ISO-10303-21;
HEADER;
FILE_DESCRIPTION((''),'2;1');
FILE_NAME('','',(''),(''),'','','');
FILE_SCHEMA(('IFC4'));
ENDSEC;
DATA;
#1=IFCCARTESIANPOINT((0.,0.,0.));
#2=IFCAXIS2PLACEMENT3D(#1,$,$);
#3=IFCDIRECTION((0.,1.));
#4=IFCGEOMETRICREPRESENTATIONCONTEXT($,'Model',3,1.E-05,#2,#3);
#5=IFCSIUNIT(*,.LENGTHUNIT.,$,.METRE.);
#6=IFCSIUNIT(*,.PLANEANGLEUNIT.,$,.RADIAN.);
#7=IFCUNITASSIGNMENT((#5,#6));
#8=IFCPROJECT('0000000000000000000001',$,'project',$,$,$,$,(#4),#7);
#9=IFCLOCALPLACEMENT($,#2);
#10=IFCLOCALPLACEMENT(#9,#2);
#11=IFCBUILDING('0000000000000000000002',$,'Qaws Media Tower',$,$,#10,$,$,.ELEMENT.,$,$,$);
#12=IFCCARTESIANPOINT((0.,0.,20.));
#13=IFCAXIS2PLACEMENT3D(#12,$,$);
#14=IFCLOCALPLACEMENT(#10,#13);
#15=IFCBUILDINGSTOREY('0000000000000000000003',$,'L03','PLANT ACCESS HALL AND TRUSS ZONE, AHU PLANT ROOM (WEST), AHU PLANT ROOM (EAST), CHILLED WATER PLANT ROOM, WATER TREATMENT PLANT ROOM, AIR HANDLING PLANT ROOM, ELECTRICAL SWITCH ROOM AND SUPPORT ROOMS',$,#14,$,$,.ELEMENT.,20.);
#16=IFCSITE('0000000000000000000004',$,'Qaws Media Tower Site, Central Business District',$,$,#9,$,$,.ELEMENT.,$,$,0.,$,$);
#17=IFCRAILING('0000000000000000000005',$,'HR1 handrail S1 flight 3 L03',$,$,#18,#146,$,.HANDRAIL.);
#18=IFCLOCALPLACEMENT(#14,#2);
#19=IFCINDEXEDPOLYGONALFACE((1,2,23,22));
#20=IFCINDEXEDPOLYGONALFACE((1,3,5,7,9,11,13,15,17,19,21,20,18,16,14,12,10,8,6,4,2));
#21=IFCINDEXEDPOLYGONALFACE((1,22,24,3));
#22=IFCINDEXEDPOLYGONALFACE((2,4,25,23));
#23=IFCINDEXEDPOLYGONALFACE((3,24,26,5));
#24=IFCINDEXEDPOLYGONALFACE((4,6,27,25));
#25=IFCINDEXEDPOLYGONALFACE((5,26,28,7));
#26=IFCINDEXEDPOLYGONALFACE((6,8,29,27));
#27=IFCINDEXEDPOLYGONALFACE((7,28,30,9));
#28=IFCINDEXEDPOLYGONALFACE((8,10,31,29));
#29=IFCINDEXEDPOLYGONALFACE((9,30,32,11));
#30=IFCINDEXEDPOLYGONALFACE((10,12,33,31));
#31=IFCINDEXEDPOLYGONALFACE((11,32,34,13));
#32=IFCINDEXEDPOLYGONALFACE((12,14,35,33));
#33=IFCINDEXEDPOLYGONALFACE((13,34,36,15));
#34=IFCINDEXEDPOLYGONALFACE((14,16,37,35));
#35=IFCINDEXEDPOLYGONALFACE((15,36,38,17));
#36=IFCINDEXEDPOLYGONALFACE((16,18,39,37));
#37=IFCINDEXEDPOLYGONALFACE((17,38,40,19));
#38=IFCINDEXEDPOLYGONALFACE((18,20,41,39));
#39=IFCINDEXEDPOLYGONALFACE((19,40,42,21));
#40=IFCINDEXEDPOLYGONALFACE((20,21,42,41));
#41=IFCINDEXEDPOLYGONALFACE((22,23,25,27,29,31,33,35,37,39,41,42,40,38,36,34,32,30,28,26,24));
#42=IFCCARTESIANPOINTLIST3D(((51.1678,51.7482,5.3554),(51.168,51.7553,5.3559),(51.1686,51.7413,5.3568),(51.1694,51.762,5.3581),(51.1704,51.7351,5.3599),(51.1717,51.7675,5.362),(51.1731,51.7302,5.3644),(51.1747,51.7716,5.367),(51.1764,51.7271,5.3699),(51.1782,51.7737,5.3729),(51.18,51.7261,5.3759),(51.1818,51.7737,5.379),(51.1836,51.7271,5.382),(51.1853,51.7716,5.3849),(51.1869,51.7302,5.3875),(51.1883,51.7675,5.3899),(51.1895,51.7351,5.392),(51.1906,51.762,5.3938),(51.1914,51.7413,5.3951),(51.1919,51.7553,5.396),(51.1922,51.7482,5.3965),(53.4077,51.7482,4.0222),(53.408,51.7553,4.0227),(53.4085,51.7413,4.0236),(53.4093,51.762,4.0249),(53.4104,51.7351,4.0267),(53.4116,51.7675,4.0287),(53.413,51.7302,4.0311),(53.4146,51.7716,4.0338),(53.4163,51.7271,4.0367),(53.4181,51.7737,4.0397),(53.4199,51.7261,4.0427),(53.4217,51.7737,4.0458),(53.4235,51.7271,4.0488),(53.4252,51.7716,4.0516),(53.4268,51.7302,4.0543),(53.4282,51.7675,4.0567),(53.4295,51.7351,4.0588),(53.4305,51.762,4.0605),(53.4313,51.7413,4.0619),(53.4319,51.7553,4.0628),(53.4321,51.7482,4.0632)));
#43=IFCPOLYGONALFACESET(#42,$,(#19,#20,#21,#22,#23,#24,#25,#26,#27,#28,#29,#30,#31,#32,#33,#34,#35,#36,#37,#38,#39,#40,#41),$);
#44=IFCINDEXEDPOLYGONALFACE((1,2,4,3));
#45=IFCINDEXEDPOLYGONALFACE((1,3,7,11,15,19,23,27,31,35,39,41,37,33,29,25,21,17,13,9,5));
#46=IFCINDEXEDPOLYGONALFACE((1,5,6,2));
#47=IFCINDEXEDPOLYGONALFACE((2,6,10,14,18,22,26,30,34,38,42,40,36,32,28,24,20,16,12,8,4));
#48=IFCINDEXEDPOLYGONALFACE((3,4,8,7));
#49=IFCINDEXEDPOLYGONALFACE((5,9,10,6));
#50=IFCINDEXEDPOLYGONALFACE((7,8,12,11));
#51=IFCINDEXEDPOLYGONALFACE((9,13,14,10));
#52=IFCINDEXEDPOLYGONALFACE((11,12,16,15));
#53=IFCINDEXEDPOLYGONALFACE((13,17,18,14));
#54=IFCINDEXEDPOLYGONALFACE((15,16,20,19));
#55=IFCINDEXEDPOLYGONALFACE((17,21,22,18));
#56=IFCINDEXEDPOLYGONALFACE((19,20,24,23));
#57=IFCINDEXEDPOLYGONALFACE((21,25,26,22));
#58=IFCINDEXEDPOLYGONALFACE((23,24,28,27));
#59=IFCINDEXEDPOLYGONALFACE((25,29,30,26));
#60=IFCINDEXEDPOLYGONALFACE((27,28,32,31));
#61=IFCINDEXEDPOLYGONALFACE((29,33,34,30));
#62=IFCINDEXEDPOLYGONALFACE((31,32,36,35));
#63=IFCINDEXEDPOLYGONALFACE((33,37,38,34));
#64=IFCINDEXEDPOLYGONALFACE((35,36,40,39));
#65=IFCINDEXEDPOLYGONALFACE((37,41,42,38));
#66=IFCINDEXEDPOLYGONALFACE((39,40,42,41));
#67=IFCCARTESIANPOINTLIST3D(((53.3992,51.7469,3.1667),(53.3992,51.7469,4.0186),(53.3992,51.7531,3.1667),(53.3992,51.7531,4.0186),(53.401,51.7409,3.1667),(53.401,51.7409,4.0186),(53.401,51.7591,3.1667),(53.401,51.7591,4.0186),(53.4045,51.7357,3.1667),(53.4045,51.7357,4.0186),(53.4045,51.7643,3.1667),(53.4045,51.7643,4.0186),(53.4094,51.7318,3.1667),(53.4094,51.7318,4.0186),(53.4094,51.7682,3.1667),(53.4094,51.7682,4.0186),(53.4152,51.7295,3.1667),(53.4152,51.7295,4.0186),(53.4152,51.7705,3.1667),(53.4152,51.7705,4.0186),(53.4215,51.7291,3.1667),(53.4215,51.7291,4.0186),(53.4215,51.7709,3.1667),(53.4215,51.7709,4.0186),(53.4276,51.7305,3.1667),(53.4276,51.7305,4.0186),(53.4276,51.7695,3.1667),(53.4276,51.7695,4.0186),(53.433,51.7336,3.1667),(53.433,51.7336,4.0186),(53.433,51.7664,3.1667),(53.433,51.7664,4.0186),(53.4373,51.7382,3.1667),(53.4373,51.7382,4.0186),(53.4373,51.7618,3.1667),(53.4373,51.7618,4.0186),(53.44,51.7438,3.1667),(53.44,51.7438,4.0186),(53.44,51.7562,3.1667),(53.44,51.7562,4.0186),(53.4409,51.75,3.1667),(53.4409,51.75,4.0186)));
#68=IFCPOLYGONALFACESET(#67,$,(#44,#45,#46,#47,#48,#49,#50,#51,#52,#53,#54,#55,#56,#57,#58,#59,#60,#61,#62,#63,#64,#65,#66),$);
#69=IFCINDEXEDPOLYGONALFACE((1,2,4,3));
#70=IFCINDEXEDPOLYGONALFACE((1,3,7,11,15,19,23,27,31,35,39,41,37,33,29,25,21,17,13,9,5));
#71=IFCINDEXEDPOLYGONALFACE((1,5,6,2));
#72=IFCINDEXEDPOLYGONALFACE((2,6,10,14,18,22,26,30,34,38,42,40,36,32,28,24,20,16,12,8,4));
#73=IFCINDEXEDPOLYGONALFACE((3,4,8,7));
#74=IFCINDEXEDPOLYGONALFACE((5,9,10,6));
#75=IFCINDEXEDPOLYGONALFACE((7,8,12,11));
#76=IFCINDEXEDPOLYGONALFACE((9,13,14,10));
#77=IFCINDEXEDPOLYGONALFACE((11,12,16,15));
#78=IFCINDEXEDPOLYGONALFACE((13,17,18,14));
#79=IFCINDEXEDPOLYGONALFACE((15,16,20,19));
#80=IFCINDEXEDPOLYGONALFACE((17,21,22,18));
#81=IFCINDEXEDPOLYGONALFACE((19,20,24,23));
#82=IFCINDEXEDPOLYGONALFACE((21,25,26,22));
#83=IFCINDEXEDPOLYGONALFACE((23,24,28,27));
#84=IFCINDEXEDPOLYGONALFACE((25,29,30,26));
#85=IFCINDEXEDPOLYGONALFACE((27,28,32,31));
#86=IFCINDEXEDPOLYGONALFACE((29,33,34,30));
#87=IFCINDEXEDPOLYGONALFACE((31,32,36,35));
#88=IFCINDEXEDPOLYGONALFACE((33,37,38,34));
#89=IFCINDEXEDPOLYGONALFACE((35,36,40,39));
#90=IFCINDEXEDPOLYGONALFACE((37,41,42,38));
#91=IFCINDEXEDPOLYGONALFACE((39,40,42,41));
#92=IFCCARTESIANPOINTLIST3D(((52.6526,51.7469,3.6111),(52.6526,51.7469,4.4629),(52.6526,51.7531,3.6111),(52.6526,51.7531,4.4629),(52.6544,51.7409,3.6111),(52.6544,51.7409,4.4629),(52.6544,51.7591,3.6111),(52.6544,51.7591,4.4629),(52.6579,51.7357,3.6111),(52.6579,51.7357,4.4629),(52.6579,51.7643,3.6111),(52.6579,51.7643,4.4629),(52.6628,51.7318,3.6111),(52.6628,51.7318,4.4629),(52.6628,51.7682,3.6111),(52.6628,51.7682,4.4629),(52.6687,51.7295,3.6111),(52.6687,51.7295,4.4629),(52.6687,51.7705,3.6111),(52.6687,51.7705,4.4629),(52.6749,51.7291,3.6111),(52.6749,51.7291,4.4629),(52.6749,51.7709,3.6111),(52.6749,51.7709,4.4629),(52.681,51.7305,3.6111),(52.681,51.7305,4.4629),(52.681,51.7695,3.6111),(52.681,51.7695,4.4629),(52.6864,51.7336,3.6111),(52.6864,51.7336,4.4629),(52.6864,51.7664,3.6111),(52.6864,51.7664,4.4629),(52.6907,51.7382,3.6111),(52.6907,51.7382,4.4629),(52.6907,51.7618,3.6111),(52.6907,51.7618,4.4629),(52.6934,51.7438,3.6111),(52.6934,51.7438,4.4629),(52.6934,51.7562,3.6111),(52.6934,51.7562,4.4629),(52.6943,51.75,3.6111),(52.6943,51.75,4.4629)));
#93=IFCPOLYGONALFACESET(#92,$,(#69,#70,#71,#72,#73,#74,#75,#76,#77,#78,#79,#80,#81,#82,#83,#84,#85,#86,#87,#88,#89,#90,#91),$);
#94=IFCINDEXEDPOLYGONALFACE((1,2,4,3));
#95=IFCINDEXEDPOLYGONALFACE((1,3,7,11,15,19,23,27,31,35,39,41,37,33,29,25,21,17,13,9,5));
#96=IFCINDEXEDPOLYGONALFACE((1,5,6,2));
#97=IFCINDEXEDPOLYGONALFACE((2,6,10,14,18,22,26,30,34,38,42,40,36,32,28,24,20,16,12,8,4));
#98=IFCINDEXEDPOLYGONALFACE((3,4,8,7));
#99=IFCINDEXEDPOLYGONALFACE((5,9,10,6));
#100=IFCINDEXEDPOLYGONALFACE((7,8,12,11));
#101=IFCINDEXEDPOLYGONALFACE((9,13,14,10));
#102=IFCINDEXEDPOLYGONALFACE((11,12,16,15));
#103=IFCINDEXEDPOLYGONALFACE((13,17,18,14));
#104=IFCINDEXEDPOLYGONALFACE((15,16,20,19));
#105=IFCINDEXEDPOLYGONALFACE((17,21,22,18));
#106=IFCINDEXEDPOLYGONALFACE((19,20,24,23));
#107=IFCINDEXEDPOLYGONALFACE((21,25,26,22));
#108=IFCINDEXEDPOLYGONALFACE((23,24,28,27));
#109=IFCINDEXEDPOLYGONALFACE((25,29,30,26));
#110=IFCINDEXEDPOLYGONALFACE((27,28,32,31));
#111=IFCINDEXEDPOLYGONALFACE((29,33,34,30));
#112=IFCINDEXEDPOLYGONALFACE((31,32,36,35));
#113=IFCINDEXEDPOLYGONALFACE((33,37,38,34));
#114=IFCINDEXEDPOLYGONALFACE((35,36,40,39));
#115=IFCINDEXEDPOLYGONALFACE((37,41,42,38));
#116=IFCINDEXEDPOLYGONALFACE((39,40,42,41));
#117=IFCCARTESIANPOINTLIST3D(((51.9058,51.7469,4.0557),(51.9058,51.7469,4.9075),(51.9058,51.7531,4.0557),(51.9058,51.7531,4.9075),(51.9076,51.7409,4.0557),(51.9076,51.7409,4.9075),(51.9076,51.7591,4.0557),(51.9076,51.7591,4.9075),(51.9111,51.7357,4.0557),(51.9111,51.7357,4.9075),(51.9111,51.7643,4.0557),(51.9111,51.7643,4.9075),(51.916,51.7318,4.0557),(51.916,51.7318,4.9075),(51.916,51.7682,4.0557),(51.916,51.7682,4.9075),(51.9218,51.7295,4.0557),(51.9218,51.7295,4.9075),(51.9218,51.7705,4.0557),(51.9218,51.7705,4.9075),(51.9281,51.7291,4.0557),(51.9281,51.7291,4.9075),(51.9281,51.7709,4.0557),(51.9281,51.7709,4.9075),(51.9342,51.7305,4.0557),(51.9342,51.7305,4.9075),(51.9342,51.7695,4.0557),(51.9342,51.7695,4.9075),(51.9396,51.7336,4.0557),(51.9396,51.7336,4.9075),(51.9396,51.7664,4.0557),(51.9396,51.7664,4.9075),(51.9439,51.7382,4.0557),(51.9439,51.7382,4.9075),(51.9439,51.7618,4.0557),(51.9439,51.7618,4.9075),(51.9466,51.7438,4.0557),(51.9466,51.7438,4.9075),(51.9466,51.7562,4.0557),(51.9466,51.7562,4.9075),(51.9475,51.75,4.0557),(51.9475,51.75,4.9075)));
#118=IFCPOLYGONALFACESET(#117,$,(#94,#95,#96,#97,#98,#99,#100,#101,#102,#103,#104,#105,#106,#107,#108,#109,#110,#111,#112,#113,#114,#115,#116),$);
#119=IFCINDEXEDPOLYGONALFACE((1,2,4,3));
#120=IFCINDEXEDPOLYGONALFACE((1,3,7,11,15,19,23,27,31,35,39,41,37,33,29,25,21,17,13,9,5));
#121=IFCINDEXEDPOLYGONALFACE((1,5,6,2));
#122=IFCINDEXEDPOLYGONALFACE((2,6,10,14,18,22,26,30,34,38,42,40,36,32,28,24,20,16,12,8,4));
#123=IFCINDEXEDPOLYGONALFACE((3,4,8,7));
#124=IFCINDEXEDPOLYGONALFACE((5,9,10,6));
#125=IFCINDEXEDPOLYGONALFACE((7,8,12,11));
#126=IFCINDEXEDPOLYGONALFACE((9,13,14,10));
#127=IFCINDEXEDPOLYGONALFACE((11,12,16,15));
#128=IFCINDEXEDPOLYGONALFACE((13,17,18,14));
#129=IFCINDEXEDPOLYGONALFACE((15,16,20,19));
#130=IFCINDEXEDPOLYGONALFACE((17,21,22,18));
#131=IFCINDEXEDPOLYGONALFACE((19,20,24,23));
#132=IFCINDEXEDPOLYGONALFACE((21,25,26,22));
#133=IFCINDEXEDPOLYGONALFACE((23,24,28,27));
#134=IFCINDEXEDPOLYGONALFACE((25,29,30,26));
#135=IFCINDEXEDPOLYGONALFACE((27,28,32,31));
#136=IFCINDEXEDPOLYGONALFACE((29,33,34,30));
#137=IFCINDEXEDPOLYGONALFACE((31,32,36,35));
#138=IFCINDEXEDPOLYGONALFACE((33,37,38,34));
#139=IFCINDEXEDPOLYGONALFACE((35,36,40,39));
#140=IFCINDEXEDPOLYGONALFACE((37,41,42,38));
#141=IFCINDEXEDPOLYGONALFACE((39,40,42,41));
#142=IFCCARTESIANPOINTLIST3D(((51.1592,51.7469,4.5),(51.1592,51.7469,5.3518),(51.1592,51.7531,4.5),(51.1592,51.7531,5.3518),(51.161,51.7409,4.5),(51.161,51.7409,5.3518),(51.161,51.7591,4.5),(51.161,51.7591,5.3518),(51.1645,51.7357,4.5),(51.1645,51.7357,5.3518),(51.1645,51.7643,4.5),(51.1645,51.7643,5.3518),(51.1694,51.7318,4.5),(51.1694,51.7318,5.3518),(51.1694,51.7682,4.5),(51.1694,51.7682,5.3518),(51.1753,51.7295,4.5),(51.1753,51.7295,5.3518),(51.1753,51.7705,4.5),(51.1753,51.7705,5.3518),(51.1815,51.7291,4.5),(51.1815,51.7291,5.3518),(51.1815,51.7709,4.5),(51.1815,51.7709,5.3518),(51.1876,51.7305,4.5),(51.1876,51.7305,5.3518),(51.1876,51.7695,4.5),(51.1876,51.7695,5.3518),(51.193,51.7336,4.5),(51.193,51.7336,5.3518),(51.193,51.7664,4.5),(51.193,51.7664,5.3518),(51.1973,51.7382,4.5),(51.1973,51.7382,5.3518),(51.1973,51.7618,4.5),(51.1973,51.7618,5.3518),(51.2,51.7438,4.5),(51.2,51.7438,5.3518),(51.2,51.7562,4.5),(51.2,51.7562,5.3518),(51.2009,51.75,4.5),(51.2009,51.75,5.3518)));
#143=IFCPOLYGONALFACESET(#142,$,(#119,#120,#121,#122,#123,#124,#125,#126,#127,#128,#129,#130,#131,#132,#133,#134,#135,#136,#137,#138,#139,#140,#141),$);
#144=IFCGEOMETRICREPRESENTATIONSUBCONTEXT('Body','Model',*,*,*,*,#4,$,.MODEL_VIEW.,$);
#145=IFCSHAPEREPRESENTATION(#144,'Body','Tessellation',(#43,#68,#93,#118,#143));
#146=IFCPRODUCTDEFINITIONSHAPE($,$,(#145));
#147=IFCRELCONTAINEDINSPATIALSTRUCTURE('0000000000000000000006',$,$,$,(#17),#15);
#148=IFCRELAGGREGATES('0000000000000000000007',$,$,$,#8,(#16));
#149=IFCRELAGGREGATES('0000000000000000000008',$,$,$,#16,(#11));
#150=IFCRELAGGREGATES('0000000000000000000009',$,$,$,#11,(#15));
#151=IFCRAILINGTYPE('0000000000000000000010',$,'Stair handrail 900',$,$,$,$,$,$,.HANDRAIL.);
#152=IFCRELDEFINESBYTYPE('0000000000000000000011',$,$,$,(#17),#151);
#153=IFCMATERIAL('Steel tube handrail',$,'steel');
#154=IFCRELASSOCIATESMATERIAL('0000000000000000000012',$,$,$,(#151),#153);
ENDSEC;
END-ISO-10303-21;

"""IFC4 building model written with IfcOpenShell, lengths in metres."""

from ifc_helpers import new_model, si_unit, direction, frame, origin, origin_2d, place, context, subcontext, project, spatial, circle, extrude, material, type_object, element, save


model = new_model("IFC4")

# Units and contexts
model_context = context("Model", 3, precision=1e-05, world=origin(), true_north=direction((0.0, 1.0)))
body_context = subcontext(model_context, "Body", "Model", "MODEL_VIEW")
ifc_project = project(units=[si_unit("LENGTHUNIT", "METRE"), si_unit("PLANEANGLEUNIT", "RADIAN")], contexts=[model_context])

# Site, building, storey
site_placement = place(None, origin())
site = spatial("IfcSite", under=ifc_project, at=site_placement, Name="Qaws Media Tower Site, Central Business District", CompositionType="ELEMENT", RefElevation=0.0)
building_placement = place(site_placement, origin())
building = spatial("IfcBuilding", under=site, at=building_placement, Name="Qaws Media Tower", CompositionType="ELEMENT")
storey_placement = place(building_placement, frame((0.0, 0.0, 20.0)))
storey = spatial("IfcBuildingStorey", under=building, at=storey_placement, Name="L03", Description="PLANT ACCESS HALL AND TRUSS ZONE, AHU PLANT ROOM (WEST), AHU PLANT ROOM (EAST), CHILLED WATER PLANT ROOM, WATER TREATMENT PLANT ROOM, AIR HANDLING PLANT ROOM, ELECTRICAL SWITCH ROOM AND SUPPORT ROOMS", CompositionType="ELEMENT", Elevation=20.0)

# Railing
ifc_material_1 = material(Name="Steel tube handrail", Category="steel")
railing_type = type_object("IfcRailingType", Name="Stair handrail 900", PredefinedType="HANDRAIL", material=ifc_material_1)
for number, where, name in (
    (1, (53.4199, 51.75, 3.1667), "HR1 handrail S1 flight 3 L03"),
):
    element("IfcRailing", number, at=place(storey_placement, frame(where)), inside=storey, type_object=railing_type, Name=name, PredefinedType="HANDRAIL", context=body_context, shape_type="SweptSolid", body=[
        extrude(circle(Radius=0.0239, at=origin_2d()), frame((0.0, 0.0, 0.876), z_axis=(-0.859306, 0.0, 0.511462), x_axis=(0.0, -1.0, 0.0)), (0.0, 0.0, 1.0), 2.6067),
        extrude(circle(Radius=0.021, at=origin_2d()), origin(), (0.0, 0.0, 1.0), 0.8518),
        extrude(circle(Radius=0.021, at=origin_2d()), frame((-0.7466, 0.0, 0.4443)), (0.0, 0.0, 1.0), 0.8518),
        extrude(circle(Radius=0.021, at=origin_2d()), frame((-1.4934, 0.0, 0.8889)), (0.0, 0.0, 1.0), 0.8518),
        extrude(circle(Radius=0.021, at=origin_2d()), frame((-2.24, 0.0, 1.3333)), (0.0, 0.0, 1.0), 0.8518),
    ])

save(model, "model.ifc")
